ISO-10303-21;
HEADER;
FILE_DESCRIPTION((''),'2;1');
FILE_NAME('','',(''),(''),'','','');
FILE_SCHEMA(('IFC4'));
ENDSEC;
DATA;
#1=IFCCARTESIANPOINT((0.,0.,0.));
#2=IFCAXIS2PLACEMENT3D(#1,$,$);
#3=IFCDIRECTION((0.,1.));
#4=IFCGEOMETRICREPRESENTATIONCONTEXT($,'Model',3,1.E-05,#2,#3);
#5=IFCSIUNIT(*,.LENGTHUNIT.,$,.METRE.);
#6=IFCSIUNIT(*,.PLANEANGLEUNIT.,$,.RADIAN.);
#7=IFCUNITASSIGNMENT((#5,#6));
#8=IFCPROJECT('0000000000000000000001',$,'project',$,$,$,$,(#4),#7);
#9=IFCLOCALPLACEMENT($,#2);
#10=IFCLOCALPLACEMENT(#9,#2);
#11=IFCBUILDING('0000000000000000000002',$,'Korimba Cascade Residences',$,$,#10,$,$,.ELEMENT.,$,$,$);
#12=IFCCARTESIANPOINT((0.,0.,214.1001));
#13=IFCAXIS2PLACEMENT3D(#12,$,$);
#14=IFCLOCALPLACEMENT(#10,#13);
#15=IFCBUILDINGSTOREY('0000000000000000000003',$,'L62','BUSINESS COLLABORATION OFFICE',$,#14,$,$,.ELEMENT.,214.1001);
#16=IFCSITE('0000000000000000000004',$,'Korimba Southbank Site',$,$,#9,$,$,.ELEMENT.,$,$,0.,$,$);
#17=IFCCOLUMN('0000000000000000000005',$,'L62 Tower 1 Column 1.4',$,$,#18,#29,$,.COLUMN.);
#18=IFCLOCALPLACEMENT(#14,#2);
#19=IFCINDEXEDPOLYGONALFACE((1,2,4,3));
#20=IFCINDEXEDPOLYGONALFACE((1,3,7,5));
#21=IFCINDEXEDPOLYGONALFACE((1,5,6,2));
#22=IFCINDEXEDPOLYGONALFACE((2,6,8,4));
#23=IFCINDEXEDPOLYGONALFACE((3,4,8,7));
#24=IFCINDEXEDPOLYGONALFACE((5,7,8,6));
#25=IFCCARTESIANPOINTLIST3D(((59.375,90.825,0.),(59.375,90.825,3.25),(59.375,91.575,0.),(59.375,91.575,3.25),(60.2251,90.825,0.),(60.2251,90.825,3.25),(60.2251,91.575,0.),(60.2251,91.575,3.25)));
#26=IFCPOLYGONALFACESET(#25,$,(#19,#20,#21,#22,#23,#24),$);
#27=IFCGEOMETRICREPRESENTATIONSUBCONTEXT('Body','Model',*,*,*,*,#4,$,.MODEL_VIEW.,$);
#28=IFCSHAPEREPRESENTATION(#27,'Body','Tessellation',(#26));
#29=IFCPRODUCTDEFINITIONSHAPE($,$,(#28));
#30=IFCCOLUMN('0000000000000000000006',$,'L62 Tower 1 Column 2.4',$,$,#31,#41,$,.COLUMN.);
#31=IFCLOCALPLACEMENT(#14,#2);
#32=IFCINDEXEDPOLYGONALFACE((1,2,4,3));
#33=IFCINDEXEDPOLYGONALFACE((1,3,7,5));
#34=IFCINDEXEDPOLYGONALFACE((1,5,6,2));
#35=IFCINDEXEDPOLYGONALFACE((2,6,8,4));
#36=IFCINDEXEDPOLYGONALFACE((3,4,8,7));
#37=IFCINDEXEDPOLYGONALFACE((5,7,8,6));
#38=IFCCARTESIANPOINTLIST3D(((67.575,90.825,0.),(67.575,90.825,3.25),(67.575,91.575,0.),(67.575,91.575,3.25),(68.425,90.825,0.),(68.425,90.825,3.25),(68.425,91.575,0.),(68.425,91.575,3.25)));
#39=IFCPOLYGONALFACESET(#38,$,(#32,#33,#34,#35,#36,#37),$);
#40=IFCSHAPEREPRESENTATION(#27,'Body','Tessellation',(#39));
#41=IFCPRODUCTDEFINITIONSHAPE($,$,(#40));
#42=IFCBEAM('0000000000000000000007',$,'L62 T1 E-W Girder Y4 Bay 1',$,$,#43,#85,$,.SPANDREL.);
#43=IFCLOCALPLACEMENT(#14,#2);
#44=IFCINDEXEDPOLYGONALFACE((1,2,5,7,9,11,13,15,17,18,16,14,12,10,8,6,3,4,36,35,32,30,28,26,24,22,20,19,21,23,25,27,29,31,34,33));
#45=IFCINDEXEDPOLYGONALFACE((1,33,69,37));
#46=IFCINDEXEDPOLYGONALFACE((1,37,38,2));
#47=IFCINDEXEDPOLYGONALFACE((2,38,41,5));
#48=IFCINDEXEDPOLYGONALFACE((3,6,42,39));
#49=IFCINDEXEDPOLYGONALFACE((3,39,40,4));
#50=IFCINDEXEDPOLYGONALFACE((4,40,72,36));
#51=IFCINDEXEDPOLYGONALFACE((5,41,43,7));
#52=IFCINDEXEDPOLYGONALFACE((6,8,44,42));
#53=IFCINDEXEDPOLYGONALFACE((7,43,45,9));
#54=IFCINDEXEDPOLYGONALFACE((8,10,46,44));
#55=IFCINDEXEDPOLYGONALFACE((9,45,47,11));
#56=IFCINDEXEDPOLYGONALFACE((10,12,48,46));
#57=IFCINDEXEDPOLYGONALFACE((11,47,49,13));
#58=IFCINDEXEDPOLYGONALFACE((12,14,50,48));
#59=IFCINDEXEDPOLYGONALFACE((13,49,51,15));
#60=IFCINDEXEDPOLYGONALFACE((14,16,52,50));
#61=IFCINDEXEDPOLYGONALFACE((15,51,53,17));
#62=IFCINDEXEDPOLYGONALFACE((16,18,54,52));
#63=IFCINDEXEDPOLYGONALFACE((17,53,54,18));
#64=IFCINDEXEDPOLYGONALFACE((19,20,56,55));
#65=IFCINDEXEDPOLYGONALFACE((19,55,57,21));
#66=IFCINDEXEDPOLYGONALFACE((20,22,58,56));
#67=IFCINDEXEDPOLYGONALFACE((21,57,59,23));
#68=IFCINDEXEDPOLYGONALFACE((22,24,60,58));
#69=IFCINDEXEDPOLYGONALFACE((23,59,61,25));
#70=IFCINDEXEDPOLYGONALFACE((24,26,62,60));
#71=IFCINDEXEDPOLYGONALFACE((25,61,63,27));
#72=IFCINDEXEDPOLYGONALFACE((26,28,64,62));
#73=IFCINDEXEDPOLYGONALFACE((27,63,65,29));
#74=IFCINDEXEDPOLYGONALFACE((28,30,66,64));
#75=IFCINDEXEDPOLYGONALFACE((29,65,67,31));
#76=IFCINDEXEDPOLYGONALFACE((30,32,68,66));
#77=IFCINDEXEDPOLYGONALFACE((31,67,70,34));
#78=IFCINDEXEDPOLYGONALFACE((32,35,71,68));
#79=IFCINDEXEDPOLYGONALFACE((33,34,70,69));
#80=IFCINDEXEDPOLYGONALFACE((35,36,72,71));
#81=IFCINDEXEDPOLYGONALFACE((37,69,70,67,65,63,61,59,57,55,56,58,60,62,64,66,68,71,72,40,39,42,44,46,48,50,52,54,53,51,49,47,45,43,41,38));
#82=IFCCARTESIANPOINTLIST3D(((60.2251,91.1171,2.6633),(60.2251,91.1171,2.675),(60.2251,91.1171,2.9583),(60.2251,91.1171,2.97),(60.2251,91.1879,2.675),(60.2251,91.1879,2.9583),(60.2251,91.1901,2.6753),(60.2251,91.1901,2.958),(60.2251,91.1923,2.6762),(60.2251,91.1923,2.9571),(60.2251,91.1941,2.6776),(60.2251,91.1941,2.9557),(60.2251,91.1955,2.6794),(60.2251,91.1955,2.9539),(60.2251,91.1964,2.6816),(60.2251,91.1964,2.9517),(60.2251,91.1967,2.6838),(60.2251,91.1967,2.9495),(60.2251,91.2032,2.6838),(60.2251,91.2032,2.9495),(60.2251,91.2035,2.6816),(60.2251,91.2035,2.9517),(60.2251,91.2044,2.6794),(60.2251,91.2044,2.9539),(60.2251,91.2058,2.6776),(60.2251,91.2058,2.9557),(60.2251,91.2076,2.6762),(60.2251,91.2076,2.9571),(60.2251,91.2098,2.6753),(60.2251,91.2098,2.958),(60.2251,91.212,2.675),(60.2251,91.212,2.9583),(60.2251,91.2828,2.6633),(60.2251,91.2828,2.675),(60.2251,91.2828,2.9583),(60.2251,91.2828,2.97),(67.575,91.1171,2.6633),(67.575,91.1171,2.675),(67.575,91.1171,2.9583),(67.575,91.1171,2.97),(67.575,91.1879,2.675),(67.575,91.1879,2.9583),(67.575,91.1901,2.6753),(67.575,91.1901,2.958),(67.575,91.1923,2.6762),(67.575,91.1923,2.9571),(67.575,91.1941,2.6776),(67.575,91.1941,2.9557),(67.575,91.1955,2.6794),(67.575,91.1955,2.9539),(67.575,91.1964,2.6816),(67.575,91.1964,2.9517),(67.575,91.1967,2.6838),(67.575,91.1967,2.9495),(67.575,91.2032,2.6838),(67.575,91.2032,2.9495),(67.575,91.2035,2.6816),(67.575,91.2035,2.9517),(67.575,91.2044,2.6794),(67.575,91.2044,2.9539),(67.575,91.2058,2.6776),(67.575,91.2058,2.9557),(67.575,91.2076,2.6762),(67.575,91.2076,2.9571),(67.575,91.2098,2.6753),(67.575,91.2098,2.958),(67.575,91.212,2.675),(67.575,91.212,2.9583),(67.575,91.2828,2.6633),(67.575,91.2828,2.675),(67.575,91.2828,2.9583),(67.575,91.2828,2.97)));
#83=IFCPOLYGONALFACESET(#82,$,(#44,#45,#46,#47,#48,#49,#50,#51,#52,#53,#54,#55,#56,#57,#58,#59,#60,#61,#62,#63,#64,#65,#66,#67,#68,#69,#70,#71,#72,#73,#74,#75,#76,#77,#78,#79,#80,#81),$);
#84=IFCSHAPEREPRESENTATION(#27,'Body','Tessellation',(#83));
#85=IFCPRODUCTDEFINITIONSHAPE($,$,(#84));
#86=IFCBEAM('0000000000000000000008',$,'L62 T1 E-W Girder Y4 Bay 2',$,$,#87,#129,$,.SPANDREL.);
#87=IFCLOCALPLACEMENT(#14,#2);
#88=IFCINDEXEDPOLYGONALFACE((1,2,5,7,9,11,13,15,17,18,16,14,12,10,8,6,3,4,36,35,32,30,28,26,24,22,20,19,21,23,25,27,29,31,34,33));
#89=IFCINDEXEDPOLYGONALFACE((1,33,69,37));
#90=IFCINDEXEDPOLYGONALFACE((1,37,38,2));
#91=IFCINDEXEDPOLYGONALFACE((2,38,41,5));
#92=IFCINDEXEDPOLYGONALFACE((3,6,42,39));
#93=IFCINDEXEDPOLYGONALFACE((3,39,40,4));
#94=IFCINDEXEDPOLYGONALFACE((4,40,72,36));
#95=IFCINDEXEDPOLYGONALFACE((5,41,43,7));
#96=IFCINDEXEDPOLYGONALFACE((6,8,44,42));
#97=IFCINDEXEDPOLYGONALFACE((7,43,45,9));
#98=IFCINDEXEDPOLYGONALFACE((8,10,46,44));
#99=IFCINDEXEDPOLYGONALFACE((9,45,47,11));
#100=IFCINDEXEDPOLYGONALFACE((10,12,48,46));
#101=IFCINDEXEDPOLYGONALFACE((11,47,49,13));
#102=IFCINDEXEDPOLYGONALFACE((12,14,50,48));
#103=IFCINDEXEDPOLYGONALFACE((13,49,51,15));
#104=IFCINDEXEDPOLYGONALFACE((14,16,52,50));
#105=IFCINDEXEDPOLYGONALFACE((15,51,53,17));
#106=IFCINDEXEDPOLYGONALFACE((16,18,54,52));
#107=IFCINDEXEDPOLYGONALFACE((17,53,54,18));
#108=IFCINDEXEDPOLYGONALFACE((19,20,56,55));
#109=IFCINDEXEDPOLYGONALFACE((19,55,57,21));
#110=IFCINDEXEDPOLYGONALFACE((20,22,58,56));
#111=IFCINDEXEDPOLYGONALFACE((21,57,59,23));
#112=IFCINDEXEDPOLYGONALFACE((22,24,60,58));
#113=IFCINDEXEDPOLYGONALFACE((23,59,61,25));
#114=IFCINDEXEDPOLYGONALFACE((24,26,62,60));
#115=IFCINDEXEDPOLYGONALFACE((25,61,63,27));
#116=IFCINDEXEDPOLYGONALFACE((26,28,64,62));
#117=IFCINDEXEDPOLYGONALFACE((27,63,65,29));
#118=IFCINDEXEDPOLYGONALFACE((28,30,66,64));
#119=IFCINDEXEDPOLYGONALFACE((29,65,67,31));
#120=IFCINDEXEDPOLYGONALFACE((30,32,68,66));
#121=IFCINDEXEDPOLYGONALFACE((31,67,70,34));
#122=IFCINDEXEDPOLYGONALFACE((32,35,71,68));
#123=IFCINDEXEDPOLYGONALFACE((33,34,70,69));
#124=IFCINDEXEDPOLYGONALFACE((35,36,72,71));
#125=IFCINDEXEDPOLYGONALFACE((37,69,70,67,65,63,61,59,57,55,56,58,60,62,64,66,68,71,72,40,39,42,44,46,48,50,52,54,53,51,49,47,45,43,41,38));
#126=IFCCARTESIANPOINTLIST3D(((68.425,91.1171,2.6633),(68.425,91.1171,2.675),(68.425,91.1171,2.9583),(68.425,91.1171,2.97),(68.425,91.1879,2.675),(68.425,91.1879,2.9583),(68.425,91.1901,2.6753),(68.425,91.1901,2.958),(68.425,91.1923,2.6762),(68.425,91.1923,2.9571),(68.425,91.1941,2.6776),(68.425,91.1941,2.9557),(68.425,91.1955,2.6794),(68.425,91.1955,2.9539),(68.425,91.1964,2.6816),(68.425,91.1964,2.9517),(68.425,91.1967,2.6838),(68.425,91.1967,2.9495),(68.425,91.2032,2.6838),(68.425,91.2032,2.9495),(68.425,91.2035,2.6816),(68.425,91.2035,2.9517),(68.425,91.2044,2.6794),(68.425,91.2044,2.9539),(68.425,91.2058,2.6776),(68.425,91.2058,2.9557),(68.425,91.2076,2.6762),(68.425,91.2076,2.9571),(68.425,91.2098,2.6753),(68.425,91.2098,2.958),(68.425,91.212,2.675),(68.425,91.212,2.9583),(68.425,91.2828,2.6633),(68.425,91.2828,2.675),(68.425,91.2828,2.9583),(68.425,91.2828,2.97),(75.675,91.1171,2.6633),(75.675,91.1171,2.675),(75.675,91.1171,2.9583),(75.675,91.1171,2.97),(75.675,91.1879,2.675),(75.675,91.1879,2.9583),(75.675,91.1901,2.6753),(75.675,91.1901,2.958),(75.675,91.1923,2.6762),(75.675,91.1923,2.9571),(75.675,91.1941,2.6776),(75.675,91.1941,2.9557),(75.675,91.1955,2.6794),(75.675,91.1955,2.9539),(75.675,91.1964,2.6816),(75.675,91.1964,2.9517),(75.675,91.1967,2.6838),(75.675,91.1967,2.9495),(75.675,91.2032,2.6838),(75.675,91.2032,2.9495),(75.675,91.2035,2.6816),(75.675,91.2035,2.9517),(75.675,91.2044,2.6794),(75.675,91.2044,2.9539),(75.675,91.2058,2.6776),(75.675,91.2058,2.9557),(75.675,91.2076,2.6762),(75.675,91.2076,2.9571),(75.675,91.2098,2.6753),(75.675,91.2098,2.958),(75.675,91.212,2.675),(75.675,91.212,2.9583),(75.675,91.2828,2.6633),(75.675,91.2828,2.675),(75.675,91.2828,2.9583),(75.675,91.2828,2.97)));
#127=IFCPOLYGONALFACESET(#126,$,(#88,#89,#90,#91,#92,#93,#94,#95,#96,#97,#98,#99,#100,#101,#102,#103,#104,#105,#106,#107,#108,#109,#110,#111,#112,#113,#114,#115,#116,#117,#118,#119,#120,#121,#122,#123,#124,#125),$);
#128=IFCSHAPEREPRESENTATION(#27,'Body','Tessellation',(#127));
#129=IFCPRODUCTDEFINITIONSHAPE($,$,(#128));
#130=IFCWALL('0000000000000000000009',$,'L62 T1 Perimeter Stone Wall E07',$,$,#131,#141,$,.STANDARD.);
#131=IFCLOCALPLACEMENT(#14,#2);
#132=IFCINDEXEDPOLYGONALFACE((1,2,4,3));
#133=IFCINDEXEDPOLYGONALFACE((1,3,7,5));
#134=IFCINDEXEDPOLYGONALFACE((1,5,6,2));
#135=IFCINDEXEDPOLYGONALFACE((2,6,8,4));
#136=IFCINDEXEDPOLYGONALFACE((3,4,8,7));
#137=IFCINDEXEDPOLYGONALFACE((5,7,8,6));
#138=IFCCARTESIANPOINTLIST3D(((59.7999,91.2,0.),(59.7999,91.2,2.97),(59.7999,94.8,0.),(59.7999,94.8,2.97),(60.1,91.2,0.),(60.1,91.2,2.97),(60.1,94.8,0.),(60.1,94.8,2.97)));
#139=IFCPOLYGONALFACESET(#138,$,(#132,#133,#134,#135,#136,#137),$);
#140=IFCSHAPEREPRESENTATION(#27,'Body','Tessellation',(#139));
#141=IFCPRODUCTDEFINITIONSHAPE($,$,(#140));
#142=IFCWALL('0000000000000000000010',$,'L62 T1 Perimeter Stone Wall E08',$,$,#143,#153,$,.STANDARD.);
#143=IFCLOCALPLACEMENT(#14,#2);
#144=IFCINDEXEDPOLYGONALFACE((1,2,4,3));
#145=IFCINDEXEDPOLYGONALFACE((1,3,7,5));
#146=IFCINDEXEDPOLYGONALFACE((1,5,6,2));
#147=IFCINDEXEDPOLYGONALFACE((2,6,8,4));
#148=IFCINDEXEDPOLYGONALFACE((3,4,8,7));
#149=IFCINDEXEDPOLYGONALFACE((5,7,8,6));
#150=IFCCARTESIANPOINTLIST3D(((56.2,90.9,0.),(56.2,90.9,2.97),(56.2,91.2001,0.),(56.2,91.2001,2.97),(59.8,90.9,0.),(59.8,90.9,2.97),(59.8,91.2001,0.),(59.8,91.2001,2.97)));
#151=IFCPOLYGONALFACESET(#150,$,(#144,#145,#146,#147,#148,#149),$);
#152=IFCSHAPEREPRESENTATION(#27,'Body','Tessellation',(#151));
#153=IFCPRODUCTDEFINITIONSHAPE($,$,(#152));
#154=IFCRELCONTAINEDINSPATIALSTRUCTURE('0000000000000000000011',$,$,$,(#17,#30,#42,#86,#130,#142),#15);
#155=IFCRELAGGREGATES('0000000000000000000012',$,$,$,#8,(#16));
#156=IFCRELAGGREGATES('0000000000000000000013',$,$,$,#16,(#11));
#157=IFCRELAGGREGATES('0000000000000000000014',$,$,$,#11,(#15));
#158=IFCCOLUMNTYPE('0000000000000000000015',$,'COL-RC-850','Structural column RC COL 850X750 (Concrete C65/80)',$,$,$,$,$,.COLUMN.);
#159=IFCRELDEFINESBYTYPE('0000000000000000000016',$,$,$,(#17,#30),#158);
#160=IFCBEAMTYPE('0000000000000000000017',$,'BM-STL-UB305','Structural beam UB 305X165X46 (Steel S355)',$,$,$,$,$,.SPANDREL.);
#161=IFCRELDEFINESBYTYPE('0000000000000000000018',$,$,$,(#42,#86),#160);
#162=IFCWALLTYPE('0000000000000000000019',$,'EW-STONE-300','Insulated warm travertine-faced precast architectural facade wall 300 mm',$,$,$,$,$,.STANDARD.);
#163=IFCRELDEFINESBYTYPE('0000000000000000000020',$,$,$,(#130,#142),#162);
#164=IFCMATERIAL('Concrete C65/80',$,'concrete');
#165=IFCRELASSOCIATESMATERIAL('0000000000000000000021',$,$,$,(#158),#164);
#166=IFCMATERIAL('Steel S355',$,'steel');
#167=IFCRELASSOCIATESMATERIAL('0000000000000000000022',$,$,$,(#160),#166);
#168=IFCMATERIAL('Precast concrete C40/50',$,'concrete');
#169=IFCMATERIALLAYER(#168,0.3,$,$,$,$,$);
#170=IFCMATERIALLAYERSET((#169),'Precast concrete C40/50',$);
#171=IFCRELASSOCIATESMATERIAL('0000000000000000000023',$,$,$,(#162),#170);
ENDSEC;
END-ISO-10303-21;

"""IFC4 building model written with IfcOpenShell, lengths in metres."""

from ifc_helpers import new_model, si_unit, direction, frame, frame_2d, origin, origin_2d, place, context, subcontext, project, spatial, rectangle, i_section, extrude, material, layer, layer_set, material_profile, profile_set, type_object, element, save


model = new_model("IFC4")

# Units and contexts
model_context = context("Model", 3, precision=1e-05, world=origin(), true_north=direction((0.0, 1.0)))
body_context = subcontext(model_context, "Body", "Model", "MODEL_VIEW")
ifc_project = project(units=[si_unit("LENGTHUNIT", "METRE"), si_unit("PLANEANGLEUNIT", "RADIAN")], contexts=[model_context])

# Site, building, storey
site_placement = place(None, origin())
site = spatial("IfcSite", under=ifc_project, at=site_placement, Name="Korimba Southbank Site", CompositionType="ELEMENT", RefElevation=0.0)
building_placement = place(site_placement, origin())
building = spatial("IfcBuilding", under=site, at=building_placement, Name="Korimba Cascade Residences", CompositionType="ELEMENT")
storey_placement = place(building_placement, frame((0.0, 0.0, 214.1001)))
storey = spatial("IfcBuildingStorey", under=building, at=storey_placement, Name="L62", Description="BUSINESS COLLABORATION OFFICE", CompositionType="ELEMENT", Elevation=214.1001)

# Columns
ifc_material_1 = material(Name="Concrete C65/80", Category="concrete")
ifc_material_profile_1 = material_profile(ifc_material_1, rectangle(XDim=0.8501, YDim=0.75, at=origin_2d()), Name="Concrete C65/80")
ifc_profile_set_1 = profile_set([ifc_material_profile_1], Name="Concrete C65/80")
column_type = type_object("IfcColumnType", Name="COL-RC-850", Description="Structural column RC COL 850X750 (Concrete C65/80)", PredefinedType="COLUMN", material=ifc_profile_set_1)
for number, where, z_axis, x_axis, name in (
    (1, (59.8, 91.2, 0.0), (0.0, 0.0, 1.0), (1.0, 0.0, 0.0), "L62 Tower 1 Column 1.4"),
    (2, (68.0, 91.2, 0.0), (0.0, 0.0, 1.0), (1.0, 0.0, 0.0), "L62 Tower 1 Column 2.4"),
):
    element("IfcColumn", number, at=place(storey_placement, frame(where, z_axis=z_axis, x_axis=x_axis)), inside=storey, type_object=column_type, Name=name, PredefinedType="COLUMN", context=body_context, shape_type="SweptSolid", body=[
        extrude(rectangle(XDim=0.8501, YDim=0.75, at=origin_2d()), origin(), (0.0, 0.0, 1.0), 3.25),
    ])

# Beams
ifc_material_2 = material(Name="Steel S355", Category="steel")
ifc_material_profile_2 = material_profile(ifc_material_2, i_section(OverallWidth=0.1658, OverallDepth=0.3066, WebThickness=0.0066, FlangeThickness=0.0117, FilletRadius=0.0088, at=origin_2d()), Name="Steel S355")
ifc_profile_set_2 = profile_set([ifc_material_profile_2], Name="Steel S355")
beam_type = type_object("IfcBeamType", Name="BM-STL-UB305", Description="Structural beam UB 305X165X46 (Steel S355)", PredefinedType="SPANDREL", material=ifc_profile_set_2)
beam_1_placement = place(storey_placement, frame((60.2251, 91.2, 2.8167), z_axis=(1.0, 0.0, 0.0), x_axis=(0.0, 1.0, 0.0)))
element("IfcBeam", 3, at=beam_1_placement, inside=storey, type_object=beam_type, Name="L62 T1 E-W Girder Y4 Bay 1", PredefinedType="SPANDREL", context=body_context, shape_type="SweptSolid", body=[
    extrude(i_section(OverallWidth=0.1658, OverallDepth=0.3066, WebThickness=0.0066, FlangeThickness=0.0117, FilletRadius=0.0088, at=origin_2d()), origin(), (0.0, 0.0, 1.0), 7.3499),
])
beam_2_placement = place(storey_placement, frame((68.425, 91.2, 2.8167), z_axis=(1.0, 0.0, 0.0), x_axis=(0.0, 1.0, 0.0)))
element("IfcBeam", 4, at=beam_2_placement, inside=storey, type_object=beam_type, Name="L62 T1 E-W Girder Y4 Bay 2", PredefinedType="SPANDREL", context=body_context, shape_type="SweptSolid", body=[
    extrude(i_section(OverallWidth=0.1658, OverallDepth=0.3066, WebThickness=0.0066, FlangeThickness=0.0117, FilletRadius=0.0088, at=origin_2d()), origin(), (0.0, 0.0, 1.0), 7.25),
])

# Walls
ifc_material_3 = material(Name="Precast concrete C40/50", Category="concrete")
ifc_layer_1 = layer(ifc_material_3, 0.3)
ifc_layer_set_1 = layer_set([ifc_layer_1], Name="Precast concrete C40/50")
wall_type_1 = type_object("IfcWallType", Name="EW-STONE-300", Description="Insulated warm travertine-faced precast architectural facade wall 300 mm", PredefinedType="STANDARD", material=ifc_layer_set_1)
for number, where, z_axis, x_axis, name in (
    (5, (59.95, 94.8, 0.0), (0.0, 0.0, 1.0), (0.0, -1.0, 0.0), "L62 T1 Perimeter Stone Wall E07"),
    (6, (59.8, 91.05, 0.0), (0.0, 0.0, 1.0), (-1.0, 0.0, 0.0), "L62 T1 Perimeter Stone Wall E08"),
):
    element("IfcWall", number, at=place(storey_placement, frame(where, z_axis=z_axis, x_axis=x_axis)), inside=storey, type_object=wall_type_1, Name=name, PredefinedType="STANDARD", context=body_context, shape_type="SweptSolid", body=[
        extrude(rectangle(XDim=3.6001, YDim=0.3, at=frame_2d((1.8, 0.0))), origin(), (0.0, 0.0, 1.0), 2.97),
    ])

save(model, "model.ifc")
